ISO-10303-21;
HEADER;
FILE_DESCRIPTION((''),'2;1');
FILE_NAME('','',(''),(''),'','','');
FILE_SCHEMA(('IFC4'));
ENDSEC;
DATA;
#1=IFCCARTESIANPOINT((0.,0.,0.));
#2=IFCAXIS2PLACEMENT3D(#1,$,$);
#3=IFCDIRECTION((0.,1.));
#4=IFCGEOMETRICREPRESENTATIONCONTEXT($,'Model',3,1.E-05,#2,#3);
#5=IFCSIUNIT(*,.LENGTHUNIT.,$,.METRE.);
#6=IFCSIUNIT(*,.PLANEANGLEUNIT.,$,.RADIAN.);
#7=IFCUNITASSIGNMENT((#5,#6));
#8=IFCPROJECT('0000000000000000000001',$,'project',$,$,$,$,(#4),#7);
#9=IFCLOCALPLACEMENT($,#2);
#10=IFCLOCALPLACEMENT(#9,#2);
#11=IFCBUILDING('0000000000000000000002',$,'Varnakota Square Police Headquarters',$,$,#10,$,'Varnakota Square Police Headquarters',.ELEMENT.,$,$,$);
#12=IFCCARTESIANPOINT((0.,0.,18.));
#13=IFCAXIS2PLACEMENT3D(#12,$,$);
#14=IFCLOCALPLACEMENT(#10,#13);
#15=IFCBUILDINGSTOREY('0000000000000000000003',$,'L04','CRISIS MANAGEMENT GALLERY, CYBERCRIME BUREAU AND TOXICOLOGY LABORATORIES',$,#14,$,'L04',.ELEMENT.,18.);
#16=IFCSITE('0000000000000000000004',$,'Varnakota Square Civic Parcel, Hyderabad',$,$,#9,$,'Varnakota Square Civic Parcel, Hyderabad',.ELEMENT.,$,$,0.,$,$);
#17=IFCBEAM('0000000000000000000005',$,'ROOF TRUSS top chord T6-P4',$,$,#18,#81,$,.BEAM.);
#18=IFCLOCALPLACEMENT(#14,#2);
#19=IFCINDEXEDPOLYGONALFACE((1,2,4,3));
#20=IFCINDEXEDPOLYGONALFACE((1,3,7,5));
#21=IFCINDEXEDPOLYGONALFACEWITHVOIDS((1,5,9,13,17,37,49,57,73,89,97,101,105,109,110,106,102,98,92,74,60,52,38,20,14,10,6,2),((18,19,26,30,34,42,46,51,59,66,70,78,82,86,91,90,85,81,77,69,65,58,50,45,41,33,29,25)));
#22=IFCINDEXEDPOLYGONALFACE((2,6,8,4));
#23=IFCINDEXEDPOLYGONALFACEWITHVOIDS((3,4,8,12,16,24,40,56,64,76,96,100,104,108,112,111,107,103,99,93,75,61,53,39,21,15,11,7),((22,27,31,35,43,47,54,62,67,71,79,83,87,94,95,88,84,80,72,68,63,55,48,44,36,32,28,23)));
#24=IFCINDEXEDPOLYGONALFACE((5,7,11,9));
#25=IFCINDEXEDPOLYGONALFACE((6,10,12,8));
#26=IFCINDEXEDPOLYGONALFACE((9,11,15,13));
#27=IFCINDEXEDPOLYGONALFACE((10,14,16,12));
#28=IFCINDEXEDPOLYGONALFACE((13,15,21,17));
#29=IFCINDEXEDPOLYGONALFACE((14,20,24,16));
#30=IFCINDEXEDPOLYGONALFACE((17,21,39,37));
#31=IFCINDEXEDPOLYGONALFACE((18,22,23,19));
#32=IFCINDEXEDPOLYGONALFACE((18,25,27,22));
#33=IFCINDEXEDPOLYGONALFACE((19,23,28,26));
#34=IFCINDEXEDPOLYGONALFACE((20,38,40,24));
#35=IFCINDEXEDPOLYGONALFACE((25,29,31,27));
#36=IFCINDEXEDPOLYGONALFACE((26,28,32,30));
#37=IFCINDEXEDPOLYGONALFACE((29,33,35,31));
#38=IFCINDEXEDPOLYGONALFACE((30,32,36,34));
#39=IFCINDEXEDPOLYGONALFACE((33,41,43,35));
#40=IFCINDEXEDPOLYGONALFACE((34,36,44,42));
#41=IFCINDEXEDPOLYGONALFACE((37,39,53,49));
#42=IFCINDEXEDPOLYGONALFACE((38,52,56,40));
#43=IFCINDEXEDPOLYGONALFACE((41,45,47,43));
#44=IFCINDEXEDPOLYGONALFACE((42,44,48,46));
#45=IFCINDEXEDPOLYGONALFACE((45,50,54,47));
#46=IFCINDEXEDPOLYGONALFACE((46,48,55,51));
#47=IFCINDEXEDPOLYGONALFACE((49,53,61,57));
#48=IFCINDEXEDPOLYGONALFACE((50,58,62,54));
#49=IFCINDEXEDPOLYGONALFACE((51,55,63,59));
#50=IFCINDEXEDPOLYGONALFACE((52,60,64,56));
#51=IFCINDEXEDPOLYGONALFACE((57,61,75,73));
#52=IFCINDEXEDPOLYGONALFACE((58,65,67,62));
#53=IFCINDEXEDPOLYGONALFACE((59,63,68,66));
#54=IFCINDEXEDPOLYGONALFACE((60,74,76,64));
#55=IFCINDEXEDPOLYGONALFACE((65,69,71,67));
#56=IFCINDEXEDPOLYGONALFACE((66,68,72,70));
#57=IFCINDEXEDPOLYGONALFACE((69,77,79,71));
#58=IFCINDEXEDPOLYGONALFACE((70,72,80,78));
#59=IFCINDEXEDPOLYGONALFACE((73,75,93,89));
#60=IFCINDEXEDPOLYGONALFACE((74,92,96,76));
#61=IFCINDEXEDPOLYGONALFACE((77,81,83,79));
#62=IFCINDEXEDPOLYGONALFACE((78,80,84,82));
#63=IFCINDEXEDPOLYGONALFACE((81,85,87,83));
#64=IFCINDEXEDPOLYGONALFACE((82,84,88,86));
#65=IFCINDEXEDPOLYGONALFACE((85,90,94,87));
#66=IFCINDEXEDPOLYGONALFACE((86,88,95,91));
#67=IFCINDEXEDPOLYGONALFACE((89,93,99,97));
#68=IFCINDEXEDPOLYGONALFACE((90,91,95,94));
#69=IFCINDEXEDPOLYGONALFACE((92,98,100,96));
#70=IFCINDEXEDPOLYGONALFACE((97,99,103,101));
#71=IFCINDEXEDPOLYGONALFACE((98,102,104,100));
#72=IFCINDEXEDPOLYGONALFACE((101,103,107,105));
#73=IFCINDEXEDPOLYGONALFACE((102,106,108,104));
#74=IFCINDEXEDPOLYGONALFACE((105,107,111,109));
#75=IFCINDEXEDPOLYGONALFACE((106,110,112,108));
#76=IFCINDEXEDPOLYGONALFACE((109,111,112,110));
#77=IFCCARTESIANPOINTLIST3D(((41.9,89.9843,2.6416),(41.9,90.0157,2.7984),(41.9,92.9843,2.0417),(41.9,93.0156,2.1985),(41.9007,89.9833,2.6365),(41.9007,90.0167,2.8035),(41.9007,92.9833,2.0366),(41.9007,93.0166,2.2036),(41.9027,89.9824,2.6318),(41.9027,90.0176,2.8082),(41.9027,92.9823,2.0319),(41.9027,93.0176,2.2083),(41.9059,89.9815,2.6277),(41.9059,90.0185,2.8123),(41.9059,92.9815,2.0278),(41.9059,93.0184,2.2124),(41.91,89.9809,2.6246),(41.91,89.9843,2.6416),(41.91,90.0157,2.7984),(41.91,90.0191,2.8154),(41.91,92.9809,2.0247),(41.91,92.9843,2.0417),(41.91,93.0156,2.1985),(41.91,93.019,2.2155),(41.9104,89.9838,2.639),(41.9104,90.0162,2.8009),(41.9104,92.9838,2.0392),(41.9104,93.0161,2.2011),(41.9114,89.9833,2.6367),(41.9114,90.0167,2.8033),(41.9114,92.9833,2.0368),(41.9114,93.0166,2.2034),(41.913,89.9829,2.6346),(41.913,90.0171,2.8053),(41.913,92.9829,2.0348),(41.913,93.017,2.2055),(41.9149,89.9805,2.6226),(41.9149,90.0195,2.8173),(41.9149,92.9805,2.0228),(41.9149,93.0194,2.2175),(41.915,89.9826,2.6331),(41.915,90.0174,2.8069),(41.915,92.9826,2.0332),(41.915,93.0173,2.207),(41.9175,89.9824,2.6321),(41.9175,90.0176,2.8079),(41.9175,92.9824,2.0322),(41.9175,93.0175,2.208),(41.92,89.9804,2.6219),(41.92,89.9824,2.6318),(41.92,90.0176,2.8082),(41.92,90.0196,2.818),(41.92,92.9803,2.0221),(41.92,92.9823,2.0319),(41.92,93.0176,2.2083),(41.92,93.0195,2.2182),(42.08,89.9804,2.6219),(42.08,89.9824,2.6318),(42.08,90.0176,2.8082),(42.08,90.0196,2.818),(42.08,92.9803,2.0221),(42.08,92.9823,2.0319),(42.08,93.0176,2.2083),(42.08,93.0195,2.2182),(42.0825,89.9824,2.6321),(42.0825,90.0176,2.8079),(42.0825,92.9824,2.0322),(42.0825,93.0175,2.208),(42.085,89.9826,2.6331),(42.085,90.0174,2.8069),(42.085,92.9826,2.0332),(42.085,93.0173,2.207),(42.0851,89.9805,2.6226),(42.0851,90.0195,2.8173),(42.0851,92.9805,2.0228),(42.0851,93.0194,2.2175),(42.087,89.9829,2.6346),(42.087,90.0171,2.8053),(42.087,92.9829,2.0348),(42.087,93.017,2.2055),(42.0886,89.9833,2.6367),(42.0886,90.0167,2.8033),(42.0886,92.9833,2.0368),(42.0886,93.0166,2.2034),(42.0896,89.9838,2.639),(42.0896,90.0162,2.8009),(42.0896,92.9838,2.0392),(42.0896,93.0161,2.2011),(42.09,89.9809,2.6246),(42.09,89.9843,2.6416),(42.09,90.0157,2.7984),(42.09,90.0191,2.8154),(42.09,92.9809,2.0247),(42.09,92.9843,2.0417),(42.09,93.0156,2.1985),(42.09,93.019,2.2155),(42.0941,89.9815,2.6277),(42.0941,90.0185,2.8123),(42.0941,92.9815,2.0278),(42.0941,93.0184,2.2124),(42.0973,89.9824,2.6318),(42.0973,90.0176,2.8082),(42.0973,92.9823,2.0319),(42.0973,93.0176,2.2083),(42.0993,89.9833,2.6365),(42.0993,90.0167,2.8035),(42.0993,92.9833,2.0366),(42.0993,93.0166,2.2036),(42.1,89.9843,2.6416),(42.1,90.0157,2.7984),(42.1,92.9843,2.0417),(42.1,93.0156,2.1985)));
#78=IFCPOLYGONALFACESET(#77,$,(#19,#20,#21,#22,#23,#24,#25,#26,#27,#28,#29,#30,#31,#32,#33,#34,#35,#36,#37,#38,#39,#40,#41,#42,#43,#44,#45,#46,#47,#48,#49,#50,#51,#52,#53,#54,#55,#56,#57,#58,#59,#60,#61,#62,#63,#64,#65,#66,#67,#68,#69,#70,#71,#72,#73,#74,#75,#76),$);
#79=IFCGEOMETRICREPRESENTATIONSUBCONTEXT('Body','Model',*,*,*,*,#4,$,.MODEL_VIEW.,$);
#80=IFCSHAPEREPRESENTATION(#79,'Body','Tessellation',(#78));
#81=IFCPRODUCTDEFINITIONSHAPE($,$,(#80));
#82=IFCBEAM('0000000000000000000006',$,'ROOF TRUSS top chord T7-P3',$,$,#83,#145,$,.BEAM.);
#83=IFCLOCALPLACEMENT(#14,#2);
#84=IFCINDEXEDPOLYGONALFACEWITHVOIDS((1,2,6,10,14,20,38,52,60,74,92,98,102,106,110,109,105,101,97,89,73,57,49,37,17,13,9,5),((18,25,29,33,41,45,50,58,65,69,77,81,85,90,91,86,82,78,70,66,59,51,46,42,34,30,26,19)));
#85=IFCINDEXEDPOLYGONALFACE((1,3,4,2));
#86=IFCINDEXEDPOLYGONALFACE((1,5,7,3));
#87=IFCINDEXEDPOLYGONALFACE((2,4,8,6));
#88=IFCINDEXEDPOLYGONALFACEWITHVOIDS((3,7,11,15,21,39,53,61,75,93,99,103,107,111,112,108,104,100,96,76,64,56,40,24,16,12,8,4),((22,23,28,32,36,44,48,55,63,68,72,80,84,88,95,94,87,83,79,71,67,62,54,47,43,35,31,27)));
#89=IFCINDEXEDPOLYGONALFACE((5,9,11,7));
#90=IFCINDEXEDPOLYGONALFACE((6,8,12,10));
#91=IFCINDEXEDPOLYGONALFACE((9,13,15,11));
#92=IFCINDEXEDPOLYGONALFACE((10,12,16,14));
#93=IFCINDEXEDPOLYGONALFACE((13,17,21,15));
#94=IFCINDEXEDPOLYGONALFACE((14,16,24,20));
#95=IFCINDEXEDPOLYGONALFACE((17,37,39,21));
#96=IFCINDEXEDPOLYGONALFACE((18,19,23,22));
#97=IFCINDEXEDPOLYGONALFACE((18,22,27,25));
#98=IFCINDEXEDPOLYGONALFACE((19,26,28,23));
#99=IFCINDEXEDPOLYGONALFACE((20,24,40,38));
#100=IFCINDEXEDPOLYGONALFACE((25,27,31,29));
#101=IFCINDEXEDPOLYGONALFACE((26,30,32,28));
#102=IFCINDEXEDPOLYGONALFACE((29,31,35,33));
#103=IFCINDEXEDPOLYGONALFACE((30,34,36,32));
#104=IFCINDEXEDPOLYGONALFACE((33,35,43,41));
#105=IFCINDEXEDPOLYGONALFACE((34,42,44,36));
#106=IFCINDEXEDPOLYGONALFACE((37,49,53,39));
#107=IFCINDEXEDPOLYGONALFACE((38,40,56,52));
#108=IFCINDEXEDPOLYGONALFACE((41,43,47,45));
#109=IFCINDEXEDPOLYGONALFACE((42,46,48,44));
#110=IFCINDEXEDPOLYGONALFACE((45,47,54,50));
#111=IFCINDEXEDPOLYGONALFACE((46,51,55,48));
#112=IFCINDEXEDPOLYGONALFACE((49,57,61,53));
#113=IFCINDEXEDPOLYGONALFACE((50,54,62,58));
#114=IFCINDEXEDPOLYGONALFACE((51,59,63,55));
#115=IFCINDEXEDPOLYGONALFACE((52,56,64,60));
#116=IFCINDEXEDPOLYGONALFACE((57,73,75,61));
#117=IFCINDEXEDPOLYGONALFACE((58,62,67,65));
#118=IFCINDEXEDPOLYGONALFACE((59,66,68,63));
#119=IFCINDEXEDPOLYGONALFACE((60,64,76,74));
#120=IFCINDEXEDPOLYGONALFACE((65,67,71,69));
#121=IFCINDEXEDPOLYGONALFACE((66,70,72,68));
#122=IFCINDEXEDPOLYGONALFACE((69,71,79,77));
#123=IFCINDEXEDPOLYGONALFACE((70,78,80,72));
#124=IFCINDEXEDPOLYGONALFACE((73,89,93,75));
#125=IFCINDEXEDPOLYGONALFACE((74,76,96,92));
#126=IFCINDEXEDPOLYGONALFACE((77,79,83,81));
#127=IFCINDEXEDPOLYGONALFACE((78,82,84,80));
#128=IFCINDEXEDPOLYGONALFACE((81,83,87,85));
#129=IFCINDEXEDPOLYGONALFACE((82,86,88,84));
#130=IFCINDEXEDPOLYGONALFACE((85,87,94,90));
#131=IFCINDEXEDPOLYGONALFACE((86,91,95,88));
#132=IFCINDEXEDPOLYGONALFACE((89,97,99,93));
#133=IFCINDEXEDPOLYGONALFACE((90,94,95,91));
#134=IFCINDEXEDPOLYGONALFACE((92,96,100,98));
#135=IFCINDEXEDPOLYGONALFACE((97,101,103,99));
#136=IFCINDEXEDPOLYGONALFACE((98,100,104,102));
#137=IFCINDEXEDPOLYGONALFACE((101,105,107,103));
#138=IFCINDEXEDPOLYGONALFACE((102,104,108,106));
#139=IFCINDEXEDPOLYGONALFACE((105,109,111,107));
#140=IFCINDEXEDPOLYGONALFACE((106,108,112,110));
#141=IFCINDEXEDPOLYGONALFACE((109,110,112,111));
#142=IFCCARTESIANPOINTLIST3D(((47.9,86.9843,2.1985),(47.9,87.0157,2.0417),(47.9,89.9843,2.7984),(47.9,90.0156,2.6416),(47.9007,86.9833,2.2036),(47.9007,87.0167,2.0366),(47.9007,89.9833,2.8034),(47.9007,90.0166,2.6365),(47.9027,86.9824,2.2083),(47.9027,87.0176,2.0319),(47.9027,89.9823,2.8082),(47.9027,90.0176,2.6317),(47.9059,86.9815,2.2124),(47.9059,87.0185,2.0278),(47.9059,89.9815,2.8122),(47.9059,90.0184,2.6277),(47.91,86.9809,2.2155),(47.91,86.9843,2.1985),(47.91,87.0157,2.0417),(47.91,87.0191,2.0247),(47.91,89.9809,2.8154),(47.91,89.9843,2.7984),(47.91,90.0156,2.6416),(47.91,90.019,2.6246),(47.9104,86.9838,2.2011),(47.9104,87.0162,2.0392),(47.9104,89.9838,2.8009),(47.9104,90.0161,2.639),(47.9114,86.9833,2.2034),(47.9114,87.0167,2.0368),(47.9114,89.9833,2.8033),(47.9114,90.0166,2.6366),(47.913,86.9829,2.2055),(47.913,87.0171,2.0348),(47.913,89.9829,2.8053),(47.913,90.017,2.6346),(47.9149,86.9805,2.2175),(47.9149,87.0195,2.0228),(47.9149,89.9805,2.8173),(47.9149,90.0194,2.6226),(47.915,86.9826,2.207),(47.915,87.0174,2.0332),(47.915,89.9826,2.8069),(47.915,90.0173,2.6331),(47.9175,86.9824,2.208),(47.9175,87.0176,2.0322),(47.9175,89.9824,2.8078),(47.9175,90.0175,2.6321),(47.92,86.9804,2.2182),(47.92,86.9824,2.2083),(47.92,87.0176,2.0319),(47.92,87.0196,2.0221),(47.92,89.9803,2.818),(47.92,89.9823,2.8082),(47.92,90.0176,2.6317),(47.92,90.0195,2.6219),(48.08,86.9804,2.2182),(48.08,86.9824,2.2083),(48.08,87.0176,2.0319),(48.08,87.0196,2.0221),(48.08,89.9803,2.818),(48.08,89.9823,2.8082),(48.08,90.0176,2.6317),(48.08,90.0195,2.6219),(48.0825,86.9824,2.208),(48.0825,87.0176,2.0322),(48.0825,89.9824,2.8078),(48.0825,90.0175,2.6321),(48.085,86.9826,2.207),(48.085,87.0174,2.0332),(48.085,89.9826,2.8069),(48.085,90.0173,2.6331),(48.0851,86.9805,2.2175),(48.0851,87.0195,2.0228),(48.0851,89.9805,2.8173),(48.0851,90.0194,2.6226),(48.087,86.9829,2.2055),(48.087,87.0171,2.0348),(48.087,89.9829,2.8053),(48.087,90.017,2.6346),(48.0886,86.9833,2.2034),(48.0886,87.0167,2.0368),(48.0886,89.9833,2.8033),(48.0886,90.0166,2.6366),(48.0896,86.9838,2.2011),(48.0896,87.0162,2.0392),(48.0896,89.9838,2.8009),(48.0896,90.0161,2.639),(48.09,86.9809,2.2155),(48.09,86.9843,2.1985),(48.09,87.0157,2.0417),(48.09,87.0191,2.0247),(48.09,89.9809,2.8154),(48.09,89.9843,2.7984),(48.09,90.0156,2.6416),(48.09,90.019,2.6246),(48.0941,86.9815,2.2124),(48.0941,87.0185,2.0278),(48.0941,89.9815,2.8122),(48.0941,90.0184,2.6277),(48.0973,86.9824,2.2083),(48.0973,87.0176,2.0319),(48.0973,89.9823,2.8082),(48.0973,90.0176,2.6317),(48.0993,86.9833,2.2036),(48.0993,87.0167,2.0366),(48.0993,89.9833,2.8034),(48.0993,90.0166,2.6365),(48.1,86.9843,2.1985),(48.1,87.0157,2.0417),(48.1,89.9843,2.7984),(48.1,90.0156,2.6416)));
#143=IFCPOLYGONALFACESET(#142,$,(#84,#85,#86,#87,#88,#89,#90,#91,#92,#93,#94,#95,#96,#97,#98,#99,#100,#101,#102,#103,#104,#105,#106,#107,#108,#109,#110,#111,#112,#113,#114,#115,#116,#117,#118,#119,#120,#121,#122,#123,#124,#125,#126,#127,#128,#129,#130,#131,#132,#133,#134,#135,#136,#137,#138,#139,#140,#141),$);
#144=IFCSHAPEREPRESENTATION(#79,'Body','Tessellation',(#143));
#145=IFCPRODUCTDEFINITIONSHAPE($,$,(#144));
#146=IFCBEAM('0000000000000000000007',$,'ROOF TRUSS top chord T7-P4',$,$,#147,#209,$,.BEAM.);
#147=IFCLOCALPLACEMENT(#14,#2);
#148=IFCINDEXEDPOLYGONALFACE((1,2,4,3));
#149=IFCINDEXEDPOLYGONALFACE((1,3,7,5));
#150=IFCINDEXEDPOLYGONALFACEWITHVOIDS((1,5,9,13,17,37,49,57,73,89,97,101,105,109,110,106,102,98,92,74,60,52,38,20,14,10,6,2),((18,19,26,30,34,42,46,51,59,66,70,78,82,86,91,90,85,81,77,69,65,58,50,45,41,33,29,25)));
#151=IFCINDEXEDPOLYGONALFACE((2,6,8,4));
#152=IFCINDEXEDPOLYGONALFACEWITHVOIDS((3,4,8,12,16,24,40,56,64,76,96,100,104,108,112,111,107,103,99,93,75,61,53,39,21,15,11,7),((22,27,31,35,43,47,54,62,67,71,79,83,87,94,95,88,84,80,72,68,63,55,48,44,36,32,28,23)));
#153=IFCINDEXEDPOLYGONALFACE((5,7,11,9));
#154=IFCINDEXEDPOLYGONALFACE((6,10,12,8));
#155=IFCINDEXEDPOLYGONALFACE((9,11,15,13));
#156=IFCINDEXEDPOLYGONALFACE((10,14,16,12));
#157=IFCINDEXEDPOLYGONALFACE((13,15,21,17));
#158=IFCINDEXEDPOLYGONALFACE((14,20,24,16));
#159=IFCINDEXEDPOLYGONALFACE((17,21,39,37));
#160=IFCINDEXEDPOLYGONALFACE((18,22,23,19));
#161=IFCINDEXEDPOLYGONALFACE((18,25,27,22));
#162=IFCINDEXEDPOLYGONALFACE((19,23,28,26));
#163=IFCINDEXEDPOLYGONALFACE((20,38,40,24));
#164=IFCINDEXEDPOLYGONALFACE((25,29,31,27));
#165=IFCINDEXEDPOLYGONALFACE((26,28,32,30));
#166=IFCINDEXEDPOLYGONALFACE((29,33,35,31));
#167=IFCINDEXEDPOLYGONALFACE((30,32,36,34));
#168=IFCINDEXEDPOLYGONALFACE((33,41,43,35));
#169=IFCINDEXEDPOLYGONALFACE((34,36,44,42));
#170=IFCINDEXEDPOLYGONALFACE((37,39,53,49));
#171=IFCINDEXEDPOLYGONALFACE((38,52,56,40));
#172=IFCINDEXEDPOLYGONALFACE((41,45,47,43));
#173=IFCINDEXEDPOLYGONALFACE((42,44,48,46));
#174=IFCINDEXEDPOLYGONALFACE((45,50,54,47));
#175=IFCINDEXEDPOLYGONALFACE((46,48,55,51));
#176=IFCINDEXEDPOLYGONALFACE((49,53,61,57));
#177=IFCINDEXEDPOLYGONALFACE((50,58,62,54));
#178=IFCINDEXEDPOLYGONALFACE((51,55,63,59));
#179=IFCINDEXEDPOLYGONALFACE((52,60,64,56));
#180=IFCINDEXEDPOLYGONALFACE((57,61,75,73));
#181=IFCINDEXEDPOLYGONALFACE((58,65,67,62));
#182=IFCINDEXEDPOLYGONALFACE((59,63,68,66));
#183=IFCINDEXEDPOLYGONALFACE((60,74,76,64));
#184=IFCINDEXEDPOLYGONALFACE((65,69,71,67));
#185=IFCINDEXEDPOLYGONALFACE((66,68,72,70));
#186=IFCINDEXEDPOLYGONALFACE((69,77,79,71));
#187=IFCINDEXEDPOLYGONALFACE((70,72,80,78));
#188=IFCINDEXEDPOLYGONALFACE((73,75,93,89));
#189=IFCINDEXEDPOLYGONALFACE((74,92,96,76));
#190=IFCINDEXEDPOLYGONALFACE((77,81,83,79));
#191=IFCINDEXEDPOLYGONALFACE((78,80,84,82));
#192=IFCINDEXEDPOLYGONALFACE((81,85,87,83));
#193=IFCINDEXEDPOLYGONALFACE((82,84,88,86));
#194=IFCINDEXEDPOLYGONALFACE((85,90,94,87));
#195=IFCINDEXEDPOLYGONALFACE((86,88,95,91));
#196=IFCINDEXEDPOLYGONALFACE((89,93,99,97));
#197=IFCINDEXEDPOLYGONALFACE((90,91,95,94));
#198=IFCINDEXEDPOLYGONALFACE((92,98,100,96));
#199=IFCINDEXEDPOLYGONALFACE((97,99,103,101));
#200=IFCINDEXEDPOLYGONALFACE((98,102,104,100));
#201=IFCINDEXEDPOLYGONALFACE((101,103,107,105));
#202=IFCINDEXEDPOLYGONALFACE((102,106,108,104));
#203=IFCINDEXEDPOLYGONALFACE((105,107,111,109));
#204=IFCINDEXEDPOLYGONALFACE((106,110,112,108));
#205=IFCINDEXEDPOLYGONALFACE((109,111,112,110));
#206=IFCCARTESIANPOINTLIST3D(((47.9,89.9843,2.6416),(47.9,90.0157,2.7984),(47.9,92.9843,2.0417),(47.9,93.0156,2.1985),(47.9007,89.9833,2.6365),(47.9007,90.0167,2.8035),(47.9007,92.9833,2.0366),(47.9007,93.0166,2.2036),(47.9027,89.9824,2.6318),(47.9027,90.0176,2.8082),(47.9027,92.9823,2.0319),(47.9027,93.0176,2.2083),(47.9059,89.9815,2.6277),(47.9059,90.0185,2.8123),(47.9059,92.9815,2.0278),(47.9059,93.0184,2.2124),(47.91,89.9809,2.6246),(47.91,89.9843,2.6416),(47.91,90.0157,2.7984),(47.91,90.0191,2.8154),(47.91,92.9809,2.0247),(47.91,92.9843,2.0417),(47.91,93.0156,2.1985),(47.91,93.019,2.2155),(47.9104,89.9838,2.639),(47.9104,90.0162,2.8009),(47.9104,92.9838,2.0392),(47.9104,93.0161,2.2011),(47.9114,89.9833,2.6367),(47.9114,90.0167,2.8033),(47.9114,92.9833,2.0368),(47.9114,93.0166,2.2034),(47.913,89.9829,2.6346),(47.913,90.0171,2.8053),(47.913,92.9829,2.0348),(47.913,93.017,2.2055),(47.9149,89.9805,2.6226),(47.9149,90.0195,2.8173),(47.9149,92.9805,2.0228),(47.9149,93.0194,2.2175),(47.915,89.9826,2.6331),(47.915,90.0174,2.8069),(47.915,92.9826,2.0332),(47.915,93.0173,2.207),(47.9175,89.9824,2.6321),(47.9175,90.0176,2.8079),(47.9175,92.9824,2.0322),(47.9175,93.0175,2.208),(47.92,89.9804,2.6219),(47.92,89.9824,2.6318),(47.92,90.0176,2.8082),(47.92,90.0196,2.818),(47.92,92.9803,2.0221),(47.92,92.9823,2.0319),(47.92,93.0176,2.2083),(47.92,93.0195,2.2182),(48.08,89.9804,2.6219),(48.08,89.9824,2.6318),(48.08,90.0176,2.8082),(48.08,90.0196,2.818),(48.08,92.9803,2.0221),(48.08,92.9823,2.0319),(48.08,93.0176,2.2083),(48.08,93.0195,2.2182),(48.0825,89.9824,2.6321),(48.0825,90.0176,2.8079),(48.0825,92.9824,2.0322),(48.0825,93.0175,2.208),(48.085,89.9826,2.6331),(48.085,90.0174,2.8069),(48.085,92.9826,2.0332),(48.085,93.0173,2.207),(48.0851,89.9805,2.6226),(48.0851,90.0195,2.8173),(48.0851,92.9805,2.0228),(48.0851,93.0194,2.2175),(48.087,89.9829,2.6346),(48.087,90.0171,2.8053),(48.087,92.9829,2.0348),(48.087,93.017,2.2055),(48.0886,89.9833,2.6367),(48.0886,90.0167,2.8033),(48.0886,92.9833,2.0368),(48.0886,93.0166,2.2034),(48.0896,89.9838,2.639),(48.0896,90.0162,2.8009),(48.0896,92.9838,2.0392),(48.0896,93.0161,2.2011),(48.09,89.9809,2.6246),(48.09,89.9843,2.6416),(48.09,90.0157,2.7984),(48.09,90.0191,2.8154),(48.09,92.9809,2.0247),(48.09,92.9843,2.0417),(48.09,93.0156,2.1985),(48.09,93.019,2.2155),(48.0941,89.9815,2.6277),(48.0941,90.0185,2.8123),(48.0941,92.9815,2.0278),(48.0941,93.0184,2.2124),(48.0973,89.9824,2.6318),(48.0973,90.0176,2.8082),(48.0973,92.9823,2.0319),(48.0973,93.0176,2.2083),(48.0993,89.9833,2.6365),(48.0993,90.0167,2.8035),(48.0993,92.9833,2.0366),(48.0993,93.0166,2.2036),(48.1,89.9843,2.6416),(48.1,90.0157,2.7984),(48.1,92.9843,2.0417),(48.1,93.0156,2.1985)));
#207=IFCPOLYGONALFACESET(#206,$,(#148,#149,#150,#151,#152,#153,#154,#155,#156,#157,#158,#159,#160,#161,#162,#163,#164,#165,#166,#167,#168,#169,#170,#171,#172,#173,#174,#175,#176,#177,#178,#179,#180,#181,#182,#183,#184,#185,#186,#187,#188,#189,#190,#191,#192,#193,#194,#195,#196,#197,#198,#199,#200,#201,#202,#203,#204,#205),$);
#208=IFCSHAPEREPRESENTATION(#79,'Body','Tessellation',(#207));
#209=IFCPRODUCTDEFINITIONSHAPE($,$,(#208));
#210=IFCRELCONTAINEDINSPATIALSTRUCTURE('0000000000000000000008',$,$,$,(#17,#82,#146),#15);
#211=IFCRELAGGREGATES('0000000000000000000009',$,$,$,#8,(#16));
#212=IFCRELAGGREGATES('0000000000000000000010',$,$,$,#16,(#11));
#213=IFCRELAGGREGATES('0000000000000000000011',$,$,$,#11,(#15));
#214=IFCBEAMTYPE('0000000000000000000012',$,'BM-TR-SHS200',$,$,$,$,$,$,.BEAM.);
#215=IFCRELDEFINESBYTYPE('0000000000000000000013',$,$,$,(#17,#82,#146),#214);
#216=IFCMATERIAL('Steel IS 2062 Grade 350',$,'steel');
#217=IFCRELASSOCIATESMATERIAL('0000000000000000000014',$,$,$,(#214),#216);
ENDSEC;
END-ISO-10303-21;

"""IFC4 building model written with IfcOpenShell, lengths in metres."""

from ifc_helpers import new_model, si_unit, direction, frame, origin, origin_2d, place, context, subcontext, project, spatial, hollow_rectangle, extrude, material, material_profile, profile_set, type_object, element, save


model = new_model("IFC4")

# Units and contexts
model_context = context("Model", 3, precision=1e-05, world=origin(), true_north=direction((0.0, 1.0)))
body_context = subcontext(model_context, "Body", "Model", "MODEL_VIEW")
ifc_project = project(units=[si_unit("LENGTHUNIT", "METRE"), si_unit("PLANEANGLEUNIT", "RADIAN")], contexts=[model_context])

# Site, building, storey
site_placement = place(None, origin())
site = spatial("IfcSite", under=ifc_project, at=site_placement, Name="Varnakota Square Civic Parcel, Hyderabad", LongName="Varnakota Square Civic Parcel, Hyderabad", CompositionType="ELEMENT", RefElevation=0.0)
building_placement = place(site_placement, origin())
building = spatial("IfcBuilding", under=site, at=building_placement, Name="Varnakota Square Police Headquarters", LongName="Varnakota Square Police Headquarters", CompositionType="ELEMENT")
storey_placement = place(building_placement, frame((0.0, 0.0, 18.0)))
storey = spatial("IfcBuildingStorey", under=building, at=storey_placement, Name="L04", Description="CRISIS MANAGEMENT GALLERY, CYBERCRIME BUREAU AND TOXICOLOGY LABORATORIES", LongName="L04", CompositionType="ELEMENT", Elevation=18.0)

# Beams
ifc_material_1 = material(Name="Steel IS 2062 Grade 350", Category="steel")
ifc_material_profile_1 = material_profile(ifc_material_1, hollow_rectangle(XDim=0.2, YDim=0.2, WallThickness=0.01, InnerFilletRadius=0.01, OuterFilletRadius=0.02, at=origin_2d()), Name="SHS 200x200x10")
ifc_profile_set_1 = profile_set([ifc_material_profile_1], Name="Steel IS 2062 Grade 350")
beam_type = type_object("IfcBeamType", Name="BM-TR-SHS200", PredefinedType="BEAM", material=ifc_profile_set_1)
for number, where, z_axis, x_axis, name in (
    (1, (42.0, 90.0, 2.72), (0.0, 0.98059, -0.19607), (-1.0, 0.0, 0.0), "ROOF TRUSS top chord T6-P4"),
    (2, (48.0, 87.0, 2.1201), (0.0, 0.98059, 0.19607), (-1.0, 0.0, 0.0), "ROOF TRUSS top chord T7-P3"),
    (3, (48.0, 90.0, 2.72), (0.0, 0.98059, -0.19607), (-1.0, 0.0, 0.0), "ROOF TRUSS top chord T7-P4"),
):
    element("IfcBeam", number, at=place(storey_placement, frame(where, z_axis=z_axis, x_axis=x_axis)), inside=storey, type_object=beam_type, Name=name, PredefinedType="BEAM", context=body_context, shape_type="SweptSolid", body=[
        extrude(hollow_rectangle(XDim=0.2, YDim=0.2, WallThickness=0.01, InnerFilletRadius=0.01, OuterFilletRadius=0.02, at=origin_2d()), origin(), (0.0, 0.0, 1.0), 3.0593),
    ])

save(model, "model.ifc")
